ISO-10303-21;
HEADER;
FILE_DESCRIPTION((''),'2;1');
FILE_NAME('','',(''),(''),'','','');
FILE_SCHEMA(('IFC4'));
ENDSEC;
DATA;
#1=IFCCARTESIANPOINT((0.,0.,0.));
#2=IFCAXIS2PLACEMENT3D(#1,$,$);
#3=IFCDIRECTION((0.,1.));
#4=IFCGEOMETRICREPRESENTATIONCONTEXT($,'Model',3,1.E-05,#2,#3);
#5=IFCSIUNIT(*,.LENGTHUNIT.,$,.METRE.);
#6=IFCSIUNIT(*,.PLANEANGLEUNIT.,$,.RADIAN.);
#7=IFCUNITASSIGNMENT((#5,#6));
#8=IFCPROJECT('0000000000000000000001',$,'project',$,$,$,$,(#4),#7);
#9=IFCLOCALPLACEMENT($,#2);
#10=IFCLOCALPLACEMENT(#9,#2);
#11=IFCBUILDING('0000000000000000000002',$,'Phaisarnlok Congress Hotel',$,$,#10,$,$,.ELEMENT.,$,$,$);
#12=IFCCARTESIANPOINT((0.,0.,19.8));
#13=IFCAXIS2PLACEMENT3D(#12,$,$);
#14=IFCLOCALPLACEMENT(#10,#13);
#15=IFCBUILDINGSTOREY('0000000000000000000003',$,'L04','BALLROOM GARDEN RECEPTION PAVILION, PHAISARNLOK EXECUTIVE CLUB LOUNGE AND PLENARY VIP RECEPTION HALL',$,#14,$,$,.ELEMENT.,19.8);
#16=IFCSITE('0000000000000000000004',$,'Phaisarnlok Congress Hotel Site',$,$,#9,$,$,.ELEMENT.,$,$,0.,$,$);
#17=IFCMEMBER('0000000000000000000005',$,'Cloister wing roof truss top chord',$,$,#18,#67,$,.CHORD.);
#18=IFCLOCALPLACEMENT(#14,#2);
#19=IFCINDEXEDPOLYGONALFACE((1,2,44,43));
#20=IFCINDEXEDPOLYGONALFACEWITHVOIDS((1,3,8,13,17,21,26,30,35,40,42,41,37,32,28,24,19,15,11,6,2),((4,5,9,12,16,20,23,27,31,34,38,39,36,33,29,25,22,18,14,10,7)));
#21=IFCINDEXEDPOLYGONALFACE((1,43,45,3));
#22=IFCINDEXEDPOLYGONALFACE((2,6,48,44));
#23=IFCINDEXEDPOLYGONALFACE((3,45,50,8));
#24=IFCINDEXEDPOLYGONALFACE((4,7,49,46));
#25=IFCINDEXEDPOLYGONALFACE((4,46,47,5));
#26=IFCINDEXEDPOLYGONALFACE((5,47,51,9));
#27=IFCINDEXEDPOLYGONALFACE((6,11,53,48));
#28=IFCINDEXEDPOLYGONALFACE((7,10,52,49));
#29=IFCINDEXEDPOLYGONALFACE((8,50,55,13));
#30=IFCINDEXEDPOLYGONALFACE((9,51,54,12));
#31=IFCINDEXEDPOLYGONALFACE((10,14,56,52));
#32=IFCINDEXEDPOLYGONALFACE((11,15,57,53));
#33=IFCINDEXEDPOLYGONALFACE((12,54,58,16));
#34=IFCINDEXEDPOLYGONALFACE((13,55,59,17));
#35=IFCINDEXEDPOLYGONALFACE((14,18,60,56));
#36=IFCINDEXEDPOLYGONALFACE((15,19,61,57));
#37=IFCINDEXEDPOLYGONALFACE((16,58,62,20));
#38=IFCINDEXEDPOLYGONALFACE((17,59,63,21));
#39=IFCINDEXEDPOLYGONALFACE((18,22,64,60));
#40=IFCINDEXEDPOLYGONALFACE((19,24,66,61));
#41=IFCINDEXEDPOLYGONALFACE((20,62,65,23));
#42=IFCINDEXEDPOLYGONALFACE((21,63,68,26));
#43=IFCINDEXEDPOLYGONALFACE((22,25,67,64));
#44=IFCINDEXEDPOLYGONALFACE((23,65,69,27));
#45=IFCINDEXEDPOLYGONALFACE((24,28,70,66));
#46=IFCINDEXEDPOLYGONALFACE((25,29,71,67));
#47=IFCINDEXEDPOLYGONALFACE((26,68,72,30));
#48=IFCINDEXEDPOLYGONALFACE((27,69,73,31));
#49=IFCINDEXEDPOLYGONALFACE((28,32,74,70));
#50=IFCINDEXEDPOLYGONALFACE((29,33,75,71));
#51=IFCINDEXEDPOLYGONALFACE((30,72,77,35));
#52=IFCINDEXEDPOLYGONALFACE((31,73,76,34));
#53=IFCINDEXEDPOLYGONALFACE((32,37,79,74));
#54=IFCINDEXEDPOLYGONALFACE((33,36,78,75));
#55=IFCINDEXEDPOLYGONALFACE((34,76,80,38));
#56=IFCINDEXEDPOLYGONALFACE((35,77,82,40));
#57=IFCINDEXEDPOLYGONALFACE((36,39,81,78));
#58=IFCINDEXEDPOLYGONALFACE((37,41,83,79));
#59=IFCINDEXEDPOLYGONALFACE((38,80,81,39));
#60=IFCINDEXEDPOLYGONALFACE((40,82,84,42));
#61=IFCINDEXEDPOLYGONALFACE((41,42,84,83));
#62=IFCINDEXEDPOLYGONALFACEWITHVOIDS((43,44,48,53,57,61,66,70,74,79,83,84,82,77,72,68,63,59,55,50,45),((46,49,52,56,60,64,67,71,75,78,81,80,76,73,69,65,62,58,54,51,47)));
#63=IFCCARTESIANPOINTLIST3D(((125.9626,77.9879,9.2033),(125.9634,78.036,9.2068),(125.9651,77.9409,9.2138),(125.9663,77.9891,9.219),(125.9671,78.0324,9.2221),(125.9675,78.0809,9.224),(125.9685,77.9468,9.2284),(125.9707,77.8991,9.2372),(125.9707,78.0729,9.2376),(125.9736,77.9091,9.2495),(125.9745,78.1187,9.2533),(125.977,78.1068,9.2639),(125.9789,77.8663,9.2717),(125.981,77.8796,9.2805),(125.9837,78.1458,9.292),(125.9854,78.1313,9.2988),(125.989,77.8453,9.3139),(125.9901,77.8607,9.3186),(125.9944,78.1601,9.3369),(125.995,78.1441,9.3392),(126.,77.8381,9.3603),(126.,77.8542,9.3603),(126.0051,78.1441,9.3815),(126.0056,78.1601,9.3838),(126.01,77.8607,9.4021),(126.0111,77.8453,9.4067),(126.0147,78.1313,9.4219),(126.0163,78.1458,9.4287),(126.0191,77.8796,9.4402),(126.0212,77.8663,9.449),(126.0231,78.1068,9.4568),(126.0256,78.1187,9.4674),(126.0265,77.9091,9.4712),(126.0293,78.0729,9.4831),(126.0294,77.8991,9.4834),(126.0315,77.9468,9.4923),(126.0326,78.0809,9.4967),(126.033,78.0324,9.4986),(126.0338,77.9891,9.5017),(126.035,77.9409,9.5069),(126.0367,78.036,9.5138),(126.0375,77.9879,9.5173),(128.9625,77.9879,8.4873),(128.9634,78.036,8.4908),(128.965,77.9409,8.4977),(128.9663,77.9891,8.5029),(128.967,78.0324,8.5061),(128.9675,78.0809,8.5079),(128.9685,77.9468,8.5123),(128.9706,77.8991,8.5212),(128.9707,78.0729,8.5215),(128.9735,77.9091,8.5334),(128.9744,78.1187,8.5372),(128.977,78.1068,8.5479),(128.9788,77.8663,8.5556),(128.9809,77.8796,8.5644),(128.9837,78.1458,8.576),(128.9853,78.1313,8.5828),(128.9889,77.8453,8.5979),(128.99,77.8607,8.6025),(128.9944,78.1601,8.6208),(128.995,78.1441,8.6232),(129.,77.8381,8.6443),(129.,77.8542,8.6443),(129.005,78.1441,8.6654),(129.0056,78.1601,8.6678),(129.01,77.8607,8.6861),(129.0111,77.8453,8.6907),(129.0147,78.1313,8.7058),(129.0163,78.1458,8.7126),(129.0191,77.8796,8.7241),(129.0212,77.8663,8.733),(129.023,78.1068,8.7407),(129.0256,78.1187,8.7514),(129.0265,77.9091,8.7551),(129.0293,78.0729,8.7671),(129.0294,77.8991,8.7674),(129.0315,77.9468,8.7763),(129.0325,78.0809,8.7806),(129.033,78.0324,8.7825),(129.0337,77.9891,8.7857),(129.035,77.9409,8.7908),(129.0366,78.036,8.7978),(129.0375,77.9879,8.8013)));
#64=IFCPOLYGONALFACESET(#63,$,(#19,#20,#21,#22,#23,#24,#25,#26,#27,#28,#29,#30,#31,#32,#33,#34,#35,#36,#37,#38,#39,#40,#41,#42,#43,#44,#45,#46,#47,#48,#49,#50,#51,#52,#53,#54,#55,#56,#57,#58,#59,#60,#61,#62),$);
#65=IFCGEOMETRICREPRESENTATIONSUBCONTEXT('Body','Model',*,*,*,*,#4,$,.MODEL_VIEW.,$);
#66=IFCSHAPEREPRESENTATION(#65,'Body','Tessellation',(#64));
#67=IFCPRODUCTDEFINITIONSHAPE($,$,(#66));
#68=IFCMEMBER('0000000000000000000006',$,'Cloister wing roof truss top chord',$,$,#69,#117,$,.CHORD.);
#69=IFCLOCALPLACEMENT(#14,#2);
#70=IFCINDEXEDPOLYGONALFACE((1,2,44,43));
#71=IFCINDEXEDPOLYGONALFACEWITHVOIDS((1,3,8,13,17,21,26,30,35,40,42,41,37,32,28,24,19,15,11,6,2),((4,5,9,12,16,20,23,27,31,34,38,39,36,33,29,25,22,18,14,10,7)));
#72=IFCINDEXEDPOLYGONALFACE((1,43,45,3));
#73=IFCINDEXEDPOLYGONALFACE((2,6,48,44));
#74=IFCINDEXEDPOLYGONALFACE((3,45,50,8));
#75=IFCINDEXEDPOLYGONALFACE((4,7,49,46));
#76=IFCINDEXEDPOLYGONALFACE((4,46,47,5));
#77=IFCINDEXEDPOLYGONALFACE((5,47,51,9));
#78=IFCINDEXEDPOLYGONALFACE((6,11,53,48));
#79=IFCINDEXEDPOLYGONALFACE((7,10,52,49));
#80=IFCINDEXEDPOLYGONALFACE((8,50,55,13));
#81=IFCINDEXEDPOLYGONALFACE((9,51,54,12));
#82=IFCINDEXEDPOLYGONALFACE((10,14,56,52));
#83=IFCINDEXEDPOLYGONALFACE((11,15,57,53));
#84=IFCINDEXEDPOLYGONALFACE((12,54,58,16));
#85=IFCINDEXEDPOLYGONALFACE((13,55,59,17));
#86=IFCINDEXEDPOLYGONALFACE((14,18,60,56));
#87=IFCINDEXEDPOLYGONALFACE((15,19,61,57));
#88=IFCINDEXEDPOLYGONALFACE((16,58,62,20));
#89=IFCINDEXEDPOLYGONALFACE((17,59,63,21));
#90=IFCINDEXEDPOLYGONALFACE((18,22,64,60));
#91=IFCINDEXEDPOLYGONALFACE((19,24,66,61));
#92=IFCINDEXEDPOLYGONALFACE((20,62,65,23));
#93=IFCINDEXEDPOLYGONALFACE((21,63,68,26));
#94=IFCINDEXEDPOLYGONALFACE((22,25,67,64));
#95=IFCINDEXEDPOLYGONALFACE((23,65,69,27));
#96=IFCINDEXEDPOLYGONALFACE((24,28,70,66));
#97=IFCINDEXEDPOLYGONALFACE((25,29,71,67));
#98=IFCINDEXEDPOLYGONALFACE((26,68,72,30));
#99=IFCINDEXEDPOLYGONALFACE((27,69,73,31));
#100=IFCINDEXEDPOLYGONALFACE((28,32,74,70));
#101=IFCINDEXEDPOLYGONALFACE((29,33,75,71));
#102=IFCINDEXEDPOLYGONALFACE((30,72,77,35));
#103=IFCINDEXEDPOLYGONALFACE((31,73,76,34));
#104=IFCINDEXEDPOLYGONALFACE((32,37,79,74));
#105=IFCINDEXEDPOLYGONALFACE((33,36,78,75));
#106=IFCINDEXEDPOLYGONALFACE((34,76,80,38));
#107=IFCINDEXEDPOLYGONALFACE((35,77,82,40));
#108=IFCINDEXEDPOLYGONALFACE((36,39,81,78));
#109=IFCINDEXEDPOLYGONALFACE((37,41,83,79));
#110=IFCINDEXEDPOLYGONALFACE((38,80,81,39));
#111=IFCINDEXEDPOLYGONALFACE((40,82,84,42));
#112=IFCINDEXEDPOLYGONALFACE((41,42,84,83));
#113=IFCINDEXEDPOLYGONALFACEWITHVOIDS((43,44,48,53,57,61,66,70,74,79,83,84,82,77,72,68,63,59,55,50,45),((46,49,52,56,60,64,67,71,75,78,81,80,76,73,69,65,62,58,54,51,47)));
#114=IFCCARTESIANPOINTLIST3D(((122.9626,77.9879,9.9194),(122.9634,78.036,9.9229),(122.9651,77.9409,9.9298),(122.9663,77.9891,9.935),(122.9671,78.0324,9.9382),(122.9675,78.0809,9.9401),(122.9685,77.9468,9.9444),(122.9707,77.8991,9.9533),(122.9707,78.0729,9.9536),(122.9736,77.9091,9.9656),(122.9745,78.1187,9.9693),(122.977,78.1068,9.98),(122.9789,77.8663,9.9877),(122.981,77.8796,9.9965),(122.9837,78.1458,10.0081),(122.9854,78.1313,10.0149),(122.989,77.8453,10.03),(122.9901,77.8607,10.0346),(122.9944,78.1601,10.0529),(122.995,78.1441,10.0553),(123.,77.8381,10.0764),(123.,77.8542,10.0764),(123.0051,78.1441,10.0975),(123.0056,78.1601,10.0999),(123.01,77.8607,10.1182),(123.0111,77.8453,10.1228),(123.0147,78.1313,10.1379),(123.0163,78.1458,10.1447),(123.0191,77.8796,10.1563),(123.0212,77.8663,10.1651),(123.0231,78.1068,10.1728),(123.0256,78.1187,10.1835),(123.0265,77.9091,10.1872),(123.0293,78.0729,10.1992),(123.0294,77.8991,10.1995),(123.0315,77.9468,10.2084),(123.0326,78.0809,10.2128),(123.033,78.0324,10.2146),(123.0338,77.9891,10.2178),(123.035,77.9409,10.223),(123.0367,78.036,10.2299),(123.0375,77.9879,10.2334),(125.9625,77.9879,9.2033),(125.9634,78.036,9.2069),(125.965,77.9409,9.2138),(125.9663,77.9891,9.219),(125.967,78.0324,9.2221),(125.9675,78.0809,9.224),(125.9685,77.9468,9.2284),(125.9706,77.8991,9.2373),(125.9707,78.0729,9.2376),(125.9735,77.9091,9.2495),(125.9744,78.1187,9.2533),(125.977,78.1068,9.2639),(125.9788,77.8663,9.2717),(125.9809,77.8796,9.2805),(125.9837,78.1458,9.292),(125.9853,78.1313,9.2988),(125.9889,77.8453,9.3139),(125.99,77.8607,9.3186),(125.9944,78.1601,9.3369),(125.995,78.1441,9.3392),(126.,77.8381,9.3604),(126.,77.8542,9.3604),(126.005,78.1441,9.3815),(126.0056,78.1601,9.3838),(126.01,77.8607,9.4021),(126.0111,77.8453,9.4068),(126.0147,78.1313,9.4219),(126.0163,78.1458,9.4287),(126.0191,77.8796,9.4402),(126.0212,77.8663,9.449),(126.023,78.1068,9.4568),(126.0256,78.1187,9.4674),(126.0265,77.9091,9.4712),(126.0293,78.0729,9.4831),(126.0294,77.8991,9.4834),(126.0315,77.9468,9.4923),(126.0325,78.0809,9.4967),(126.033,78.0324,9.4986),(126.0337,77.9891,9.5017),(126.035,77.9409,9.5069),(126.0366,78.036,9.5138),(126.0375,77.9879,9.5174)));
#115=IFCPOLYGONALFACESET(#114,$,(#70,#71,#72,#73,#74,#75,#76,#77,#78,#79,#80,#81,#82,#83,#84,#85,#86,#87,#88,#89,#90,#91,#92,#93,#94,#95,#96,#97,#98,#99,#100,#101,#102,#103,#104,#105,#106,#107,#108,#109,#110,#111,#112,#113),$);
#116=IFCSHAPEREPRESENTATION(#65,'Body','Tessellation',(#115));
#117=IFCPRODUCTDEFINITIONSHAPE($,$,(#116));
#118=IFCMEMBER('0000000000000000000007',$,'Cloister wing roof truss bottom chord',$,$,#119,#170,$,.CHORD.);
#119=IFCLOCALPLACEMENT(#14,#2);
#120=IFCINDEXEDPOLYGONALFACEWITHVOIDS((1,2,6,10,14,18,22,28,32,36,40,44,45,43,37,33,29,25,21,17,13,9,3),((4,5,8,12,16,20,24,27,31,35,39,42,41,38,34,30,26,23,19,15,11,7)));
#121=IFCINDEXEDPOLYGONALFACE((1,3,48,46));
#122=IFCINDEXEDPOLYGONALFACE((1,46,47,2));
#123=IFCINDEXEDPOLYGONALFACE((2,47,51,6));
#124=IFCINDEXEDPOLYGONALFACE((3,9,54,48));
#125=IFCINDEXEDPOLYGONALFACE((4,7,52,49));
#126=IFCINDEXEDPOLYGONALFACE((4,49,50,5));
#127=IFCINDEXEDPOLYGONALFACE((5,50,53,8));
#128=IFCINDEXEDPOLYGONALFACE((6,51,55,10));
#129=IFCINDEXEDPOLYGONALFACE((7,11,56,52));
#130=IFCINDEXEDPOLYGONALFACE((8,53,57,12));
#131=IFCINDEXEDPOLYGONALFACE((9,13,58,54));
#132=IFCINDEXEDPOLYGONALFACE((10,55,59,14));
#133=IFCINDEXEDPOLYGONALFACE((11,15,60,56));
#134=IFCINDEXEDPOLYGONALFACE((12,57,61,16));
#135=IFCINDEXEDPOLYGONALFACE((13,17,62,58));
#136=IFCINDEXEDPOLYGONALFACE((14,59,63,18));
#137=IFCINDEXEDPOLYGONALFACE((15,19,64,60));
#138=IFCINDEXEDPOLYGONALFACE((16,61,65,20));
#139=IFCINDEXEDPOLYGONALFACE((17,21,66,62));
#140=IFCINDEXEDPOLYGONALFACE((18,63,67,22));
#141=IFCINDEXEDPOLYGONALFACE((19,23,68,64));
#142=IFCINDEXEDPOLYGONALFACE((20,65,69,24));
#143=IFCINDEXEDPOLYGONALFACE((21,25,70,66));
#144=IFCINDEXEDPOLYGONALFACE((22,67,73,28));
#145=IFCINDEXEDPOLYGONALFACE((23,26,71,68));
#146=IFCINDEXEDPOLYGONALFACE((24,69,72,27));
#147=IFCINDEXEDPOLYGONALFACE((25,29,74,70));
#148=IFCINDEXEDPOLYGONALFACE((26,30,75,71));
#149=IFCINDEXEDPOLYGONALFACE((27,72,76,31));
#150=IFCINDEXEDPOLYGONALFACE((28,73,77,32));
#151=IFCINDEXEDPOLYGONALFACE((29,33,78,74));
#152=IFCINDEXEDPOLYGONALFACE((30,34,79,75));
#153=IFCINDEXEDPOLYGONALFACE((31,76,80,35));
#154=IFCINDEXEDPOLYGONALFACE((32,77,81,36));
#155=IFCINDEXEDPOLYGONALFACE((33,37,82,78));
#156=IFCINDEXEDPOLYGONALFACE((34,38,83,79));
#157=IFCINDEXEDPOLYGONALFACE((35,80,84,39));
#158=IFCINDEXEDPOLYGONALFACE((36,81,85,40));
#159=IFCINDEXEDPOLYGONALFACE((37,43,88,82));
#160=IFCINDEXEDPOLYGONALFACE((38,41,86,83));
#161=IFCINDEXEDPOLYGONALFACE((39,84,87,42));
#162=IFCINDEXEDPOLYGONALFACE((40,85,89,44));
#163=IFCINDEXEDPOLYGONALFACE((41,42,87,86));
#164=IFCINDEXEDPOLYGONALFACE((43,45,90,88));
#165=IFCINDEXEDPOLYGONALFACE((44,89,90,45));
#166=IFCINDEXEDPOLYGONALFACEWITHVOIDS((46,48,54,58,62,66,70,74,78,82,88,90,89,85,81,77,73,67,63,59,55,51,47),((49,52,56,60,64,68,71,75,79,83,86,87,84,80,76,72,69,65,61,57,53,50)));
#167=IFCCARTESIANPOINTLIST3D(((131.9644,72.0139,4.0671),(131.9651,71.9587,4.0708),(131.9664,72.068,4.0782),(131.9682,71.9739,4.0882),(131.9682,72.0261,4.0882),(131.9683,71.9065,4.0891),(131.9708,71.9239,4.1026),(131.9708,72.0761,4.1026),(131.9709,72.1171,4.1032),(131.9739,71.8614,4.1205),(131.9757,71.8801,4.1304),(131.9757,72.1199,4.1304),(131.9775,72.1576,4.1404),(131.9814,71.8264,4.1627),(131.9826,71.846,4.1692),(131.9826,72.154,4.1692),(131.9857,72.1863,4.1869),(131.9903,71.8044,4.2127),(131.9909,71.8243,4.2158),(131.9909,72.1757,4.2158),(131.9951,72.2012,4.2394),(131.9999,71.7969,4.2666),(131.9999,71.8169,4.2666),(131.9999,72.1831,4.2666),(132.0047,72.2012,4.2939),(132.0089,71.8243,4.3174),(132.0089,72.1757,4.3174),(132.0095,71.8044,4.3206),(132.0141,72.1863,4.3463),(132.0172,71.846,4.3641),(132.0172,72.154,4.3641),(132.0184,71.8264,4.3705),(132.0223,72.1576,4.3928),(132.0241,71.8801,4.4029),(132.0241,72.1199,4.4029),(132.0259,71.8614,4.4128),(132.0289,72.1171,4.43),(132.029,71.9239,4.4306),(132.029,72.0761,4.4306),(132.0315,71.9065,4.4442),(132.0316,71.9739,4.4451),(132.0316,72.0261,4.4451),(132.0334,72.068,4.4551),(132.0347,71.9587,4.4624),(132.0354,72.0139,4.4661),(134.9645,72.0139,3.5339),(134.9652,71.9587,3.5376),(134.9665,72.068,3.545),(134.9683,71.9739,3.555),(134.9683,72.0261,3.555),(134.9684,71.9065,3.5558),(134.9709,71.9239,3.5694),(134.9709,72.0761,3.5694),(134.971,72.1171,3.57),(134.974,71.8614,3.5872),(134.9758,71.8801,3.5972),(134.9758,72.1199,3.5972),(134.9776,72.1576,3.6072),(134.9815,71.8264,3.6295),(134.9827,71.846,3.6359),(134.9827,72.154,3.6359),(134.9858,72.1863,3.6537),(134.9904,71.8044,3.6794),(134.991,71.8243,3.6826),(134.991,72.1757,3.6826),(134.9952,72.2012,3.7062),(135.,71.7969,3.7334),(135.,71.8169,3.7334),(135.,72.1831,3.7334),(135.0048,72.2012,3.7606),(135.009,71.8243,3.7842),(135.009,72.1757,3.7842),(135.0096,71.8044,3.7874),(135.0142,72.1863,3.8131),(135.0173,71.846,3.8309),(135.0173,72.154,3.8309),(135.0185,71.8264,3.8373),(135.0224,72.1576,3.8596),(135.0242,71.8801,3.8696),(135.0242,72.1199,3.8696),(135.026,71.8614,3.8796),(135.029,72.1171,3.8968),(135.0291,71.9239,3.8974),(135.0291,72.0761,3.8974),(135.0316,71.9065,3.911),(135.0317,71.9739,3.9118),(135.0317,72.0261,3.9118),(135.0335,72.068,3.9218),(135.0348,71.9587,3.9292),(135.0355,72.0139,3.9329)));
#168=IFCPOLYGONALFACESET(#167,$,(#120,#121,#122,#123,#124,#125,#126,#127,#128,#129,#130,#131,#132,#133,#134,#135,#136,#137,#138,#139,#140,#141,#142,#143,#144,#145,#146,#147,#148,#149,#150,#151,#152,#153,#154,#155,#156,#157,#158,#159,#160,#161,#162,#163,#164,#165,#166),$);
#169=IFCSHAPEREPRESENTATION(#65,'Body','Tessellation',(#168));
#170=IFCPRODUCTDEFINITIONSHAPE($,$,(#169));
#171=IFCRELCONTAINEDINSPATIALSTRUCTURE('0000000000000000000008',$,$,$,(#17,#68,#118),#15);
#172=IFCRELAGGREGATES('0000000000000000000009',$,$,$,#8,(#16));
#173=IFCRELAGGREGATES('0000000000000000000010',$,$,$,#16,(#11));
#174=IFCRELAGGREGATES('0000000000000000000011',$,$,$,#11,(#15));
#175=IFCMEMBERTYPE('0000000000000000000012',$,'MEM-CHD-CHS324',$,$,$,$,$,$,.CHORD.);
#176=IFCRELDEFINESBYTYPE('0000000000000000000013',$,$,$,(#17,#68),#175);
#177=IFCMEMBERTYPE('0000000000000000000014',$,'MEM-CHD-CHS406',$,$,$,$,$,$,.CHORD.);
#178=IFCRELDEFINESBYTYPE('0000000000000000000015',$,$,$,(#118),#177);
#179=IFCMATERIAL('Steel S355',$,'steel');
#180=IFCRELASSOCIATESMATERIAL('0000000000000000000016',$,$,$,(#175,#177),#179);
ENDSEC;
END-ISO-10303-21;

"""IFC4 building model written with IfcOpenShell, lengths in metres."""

from ifc_helpers import new_model, si_unit, direction, frame, origin, origin_2d, place, context, subcontext, project, spatial, hollow_circle, extrude, material, material_profile, profile_set, type_object, element, save


model = new_model("IFC4")

# Units and contexts
model_context = context("Model", 3, precision=1e-05, world=origin(), true_north=direction((0.0, 1.0)))
body_context = subcontext(model_context, "Body", "Model", "MODEL_VIEW")
ifc_project = project(units=[si_unit("LENGTHUNIT", "METRE"), si_unit("PLANEANGLEUNIT", "RADIAN")], contexts=[model_context])

# Site, building, storey
site_placement = place(None, origin())
site = spatial("IfcSite", under=ifc_project, at=site_placement, Name="Phaisarnlok Congress Hotel Site", CompositionType="ELEMENT", RefElevation=0.0)
building_placement = place(site_placement, origin())
building = spatial("IfcBuilding", under=site, at=building_placement, Name="Phaisarnlok Congress Hotel", CompositionType="ELEMENT")
storey_placement = place(building_placement, frame((0.0, 0.0, 19.8)))
storey = spatial("IfcBuildingStorey", under=building, at=storey_placement, Name="L04", Description="BALLROOM GARDEN RECEPTION PAVILION, PHAISARNLOK EXECUTIVE CLUB LOUNGE AND PLENARY VIP RECEPTION HALL", CompositionType="ELEMENT", Elevation=19.8)

# Shared definitions
ifc_material_1 = material(Name="Steel S355", Category="steel")

# Members
ifc_material_profile_1 = material_profile(ifc_material_1, hollow_circle(Radius=0.1619, WallThickness=0.0161, at=origin_2d()), Name="CHS 323.9x16")
ifc_profile_set_1 = profile_set([ifc_material_profile_1], Name="Steel S355")
member_type_1 = type_object("IfcMemberType", Name="MEM-CHD-CHS324", PredefinedType="CHORD", material=ifc_profile_set_1)
for number, where, z_axis, x_axis, name in (
    (1, (129.0, 78.0, 8.6443), (-0.972676, 0.0, 0.232166), (0.0, -1.0, 0.0), "Cloister wing roof truss top chord"),
    (2, (126.0, 78.0, 9.3604), (-0.972676, 0.0, 0.232166), (0.0, -1.0, 0.0), "Cloister wing roof truss top chord"),
):
    element("IfcMember", number, at=place(storey_placement, frame(where, z_axis=z_axis, x_axis=x_axis)), inside=storey, type_object=member_type_1, Name=name, PredefinedType="CHORD", context=body_context, shape_type="SweptSolid", body=[
        extrude(hollow_circle(Radius=0.1619, WallThickness=0.0161, at=origin_2d()), origin(), (0.0, 0.0, 1.0), 3.0842),
    ])
ifc_material_profile_2 = material_profile(ifc_material_1, hollow_circle(Radius=0.2031, WallThickness=0.02, at=origin_2d()), Name="CHS 406.4x20")
ifc_profile_set_2 = profile_set([ifc_material_profile_2], Name="Steel S355")
member_type_2 = type_object("IfcMemberType", Name="MEM-CHD-CHS406", PredefinedType="CHORD", material=ifc_profile_set_2)
for number, where, z_axis, x_axis, name in (
    (3, (135.0, 72.0, 3.7334), (-0.98457, 0.0, 0.174992), (0.0, -1.0, 0.0), "Cloister wing roof truss bottom chord"),
):
    element("IfcMember", number, at=place(storey_placement, frame(where, z_axis=z_axis, x_axis=x_axis)), inside=storey, type_object=member_type_2, Name=name, PredefinedType="CHORD", context=body_context, shape_type="SweptSolid", body=[
        extrude(hollow_circle(Radius=0.2031, WallThickness=0.02, at=origin_2d()), origin(), (0.0, 0.0, 1.0), 3.0471),
    ])

save(model, "model.ifc")
